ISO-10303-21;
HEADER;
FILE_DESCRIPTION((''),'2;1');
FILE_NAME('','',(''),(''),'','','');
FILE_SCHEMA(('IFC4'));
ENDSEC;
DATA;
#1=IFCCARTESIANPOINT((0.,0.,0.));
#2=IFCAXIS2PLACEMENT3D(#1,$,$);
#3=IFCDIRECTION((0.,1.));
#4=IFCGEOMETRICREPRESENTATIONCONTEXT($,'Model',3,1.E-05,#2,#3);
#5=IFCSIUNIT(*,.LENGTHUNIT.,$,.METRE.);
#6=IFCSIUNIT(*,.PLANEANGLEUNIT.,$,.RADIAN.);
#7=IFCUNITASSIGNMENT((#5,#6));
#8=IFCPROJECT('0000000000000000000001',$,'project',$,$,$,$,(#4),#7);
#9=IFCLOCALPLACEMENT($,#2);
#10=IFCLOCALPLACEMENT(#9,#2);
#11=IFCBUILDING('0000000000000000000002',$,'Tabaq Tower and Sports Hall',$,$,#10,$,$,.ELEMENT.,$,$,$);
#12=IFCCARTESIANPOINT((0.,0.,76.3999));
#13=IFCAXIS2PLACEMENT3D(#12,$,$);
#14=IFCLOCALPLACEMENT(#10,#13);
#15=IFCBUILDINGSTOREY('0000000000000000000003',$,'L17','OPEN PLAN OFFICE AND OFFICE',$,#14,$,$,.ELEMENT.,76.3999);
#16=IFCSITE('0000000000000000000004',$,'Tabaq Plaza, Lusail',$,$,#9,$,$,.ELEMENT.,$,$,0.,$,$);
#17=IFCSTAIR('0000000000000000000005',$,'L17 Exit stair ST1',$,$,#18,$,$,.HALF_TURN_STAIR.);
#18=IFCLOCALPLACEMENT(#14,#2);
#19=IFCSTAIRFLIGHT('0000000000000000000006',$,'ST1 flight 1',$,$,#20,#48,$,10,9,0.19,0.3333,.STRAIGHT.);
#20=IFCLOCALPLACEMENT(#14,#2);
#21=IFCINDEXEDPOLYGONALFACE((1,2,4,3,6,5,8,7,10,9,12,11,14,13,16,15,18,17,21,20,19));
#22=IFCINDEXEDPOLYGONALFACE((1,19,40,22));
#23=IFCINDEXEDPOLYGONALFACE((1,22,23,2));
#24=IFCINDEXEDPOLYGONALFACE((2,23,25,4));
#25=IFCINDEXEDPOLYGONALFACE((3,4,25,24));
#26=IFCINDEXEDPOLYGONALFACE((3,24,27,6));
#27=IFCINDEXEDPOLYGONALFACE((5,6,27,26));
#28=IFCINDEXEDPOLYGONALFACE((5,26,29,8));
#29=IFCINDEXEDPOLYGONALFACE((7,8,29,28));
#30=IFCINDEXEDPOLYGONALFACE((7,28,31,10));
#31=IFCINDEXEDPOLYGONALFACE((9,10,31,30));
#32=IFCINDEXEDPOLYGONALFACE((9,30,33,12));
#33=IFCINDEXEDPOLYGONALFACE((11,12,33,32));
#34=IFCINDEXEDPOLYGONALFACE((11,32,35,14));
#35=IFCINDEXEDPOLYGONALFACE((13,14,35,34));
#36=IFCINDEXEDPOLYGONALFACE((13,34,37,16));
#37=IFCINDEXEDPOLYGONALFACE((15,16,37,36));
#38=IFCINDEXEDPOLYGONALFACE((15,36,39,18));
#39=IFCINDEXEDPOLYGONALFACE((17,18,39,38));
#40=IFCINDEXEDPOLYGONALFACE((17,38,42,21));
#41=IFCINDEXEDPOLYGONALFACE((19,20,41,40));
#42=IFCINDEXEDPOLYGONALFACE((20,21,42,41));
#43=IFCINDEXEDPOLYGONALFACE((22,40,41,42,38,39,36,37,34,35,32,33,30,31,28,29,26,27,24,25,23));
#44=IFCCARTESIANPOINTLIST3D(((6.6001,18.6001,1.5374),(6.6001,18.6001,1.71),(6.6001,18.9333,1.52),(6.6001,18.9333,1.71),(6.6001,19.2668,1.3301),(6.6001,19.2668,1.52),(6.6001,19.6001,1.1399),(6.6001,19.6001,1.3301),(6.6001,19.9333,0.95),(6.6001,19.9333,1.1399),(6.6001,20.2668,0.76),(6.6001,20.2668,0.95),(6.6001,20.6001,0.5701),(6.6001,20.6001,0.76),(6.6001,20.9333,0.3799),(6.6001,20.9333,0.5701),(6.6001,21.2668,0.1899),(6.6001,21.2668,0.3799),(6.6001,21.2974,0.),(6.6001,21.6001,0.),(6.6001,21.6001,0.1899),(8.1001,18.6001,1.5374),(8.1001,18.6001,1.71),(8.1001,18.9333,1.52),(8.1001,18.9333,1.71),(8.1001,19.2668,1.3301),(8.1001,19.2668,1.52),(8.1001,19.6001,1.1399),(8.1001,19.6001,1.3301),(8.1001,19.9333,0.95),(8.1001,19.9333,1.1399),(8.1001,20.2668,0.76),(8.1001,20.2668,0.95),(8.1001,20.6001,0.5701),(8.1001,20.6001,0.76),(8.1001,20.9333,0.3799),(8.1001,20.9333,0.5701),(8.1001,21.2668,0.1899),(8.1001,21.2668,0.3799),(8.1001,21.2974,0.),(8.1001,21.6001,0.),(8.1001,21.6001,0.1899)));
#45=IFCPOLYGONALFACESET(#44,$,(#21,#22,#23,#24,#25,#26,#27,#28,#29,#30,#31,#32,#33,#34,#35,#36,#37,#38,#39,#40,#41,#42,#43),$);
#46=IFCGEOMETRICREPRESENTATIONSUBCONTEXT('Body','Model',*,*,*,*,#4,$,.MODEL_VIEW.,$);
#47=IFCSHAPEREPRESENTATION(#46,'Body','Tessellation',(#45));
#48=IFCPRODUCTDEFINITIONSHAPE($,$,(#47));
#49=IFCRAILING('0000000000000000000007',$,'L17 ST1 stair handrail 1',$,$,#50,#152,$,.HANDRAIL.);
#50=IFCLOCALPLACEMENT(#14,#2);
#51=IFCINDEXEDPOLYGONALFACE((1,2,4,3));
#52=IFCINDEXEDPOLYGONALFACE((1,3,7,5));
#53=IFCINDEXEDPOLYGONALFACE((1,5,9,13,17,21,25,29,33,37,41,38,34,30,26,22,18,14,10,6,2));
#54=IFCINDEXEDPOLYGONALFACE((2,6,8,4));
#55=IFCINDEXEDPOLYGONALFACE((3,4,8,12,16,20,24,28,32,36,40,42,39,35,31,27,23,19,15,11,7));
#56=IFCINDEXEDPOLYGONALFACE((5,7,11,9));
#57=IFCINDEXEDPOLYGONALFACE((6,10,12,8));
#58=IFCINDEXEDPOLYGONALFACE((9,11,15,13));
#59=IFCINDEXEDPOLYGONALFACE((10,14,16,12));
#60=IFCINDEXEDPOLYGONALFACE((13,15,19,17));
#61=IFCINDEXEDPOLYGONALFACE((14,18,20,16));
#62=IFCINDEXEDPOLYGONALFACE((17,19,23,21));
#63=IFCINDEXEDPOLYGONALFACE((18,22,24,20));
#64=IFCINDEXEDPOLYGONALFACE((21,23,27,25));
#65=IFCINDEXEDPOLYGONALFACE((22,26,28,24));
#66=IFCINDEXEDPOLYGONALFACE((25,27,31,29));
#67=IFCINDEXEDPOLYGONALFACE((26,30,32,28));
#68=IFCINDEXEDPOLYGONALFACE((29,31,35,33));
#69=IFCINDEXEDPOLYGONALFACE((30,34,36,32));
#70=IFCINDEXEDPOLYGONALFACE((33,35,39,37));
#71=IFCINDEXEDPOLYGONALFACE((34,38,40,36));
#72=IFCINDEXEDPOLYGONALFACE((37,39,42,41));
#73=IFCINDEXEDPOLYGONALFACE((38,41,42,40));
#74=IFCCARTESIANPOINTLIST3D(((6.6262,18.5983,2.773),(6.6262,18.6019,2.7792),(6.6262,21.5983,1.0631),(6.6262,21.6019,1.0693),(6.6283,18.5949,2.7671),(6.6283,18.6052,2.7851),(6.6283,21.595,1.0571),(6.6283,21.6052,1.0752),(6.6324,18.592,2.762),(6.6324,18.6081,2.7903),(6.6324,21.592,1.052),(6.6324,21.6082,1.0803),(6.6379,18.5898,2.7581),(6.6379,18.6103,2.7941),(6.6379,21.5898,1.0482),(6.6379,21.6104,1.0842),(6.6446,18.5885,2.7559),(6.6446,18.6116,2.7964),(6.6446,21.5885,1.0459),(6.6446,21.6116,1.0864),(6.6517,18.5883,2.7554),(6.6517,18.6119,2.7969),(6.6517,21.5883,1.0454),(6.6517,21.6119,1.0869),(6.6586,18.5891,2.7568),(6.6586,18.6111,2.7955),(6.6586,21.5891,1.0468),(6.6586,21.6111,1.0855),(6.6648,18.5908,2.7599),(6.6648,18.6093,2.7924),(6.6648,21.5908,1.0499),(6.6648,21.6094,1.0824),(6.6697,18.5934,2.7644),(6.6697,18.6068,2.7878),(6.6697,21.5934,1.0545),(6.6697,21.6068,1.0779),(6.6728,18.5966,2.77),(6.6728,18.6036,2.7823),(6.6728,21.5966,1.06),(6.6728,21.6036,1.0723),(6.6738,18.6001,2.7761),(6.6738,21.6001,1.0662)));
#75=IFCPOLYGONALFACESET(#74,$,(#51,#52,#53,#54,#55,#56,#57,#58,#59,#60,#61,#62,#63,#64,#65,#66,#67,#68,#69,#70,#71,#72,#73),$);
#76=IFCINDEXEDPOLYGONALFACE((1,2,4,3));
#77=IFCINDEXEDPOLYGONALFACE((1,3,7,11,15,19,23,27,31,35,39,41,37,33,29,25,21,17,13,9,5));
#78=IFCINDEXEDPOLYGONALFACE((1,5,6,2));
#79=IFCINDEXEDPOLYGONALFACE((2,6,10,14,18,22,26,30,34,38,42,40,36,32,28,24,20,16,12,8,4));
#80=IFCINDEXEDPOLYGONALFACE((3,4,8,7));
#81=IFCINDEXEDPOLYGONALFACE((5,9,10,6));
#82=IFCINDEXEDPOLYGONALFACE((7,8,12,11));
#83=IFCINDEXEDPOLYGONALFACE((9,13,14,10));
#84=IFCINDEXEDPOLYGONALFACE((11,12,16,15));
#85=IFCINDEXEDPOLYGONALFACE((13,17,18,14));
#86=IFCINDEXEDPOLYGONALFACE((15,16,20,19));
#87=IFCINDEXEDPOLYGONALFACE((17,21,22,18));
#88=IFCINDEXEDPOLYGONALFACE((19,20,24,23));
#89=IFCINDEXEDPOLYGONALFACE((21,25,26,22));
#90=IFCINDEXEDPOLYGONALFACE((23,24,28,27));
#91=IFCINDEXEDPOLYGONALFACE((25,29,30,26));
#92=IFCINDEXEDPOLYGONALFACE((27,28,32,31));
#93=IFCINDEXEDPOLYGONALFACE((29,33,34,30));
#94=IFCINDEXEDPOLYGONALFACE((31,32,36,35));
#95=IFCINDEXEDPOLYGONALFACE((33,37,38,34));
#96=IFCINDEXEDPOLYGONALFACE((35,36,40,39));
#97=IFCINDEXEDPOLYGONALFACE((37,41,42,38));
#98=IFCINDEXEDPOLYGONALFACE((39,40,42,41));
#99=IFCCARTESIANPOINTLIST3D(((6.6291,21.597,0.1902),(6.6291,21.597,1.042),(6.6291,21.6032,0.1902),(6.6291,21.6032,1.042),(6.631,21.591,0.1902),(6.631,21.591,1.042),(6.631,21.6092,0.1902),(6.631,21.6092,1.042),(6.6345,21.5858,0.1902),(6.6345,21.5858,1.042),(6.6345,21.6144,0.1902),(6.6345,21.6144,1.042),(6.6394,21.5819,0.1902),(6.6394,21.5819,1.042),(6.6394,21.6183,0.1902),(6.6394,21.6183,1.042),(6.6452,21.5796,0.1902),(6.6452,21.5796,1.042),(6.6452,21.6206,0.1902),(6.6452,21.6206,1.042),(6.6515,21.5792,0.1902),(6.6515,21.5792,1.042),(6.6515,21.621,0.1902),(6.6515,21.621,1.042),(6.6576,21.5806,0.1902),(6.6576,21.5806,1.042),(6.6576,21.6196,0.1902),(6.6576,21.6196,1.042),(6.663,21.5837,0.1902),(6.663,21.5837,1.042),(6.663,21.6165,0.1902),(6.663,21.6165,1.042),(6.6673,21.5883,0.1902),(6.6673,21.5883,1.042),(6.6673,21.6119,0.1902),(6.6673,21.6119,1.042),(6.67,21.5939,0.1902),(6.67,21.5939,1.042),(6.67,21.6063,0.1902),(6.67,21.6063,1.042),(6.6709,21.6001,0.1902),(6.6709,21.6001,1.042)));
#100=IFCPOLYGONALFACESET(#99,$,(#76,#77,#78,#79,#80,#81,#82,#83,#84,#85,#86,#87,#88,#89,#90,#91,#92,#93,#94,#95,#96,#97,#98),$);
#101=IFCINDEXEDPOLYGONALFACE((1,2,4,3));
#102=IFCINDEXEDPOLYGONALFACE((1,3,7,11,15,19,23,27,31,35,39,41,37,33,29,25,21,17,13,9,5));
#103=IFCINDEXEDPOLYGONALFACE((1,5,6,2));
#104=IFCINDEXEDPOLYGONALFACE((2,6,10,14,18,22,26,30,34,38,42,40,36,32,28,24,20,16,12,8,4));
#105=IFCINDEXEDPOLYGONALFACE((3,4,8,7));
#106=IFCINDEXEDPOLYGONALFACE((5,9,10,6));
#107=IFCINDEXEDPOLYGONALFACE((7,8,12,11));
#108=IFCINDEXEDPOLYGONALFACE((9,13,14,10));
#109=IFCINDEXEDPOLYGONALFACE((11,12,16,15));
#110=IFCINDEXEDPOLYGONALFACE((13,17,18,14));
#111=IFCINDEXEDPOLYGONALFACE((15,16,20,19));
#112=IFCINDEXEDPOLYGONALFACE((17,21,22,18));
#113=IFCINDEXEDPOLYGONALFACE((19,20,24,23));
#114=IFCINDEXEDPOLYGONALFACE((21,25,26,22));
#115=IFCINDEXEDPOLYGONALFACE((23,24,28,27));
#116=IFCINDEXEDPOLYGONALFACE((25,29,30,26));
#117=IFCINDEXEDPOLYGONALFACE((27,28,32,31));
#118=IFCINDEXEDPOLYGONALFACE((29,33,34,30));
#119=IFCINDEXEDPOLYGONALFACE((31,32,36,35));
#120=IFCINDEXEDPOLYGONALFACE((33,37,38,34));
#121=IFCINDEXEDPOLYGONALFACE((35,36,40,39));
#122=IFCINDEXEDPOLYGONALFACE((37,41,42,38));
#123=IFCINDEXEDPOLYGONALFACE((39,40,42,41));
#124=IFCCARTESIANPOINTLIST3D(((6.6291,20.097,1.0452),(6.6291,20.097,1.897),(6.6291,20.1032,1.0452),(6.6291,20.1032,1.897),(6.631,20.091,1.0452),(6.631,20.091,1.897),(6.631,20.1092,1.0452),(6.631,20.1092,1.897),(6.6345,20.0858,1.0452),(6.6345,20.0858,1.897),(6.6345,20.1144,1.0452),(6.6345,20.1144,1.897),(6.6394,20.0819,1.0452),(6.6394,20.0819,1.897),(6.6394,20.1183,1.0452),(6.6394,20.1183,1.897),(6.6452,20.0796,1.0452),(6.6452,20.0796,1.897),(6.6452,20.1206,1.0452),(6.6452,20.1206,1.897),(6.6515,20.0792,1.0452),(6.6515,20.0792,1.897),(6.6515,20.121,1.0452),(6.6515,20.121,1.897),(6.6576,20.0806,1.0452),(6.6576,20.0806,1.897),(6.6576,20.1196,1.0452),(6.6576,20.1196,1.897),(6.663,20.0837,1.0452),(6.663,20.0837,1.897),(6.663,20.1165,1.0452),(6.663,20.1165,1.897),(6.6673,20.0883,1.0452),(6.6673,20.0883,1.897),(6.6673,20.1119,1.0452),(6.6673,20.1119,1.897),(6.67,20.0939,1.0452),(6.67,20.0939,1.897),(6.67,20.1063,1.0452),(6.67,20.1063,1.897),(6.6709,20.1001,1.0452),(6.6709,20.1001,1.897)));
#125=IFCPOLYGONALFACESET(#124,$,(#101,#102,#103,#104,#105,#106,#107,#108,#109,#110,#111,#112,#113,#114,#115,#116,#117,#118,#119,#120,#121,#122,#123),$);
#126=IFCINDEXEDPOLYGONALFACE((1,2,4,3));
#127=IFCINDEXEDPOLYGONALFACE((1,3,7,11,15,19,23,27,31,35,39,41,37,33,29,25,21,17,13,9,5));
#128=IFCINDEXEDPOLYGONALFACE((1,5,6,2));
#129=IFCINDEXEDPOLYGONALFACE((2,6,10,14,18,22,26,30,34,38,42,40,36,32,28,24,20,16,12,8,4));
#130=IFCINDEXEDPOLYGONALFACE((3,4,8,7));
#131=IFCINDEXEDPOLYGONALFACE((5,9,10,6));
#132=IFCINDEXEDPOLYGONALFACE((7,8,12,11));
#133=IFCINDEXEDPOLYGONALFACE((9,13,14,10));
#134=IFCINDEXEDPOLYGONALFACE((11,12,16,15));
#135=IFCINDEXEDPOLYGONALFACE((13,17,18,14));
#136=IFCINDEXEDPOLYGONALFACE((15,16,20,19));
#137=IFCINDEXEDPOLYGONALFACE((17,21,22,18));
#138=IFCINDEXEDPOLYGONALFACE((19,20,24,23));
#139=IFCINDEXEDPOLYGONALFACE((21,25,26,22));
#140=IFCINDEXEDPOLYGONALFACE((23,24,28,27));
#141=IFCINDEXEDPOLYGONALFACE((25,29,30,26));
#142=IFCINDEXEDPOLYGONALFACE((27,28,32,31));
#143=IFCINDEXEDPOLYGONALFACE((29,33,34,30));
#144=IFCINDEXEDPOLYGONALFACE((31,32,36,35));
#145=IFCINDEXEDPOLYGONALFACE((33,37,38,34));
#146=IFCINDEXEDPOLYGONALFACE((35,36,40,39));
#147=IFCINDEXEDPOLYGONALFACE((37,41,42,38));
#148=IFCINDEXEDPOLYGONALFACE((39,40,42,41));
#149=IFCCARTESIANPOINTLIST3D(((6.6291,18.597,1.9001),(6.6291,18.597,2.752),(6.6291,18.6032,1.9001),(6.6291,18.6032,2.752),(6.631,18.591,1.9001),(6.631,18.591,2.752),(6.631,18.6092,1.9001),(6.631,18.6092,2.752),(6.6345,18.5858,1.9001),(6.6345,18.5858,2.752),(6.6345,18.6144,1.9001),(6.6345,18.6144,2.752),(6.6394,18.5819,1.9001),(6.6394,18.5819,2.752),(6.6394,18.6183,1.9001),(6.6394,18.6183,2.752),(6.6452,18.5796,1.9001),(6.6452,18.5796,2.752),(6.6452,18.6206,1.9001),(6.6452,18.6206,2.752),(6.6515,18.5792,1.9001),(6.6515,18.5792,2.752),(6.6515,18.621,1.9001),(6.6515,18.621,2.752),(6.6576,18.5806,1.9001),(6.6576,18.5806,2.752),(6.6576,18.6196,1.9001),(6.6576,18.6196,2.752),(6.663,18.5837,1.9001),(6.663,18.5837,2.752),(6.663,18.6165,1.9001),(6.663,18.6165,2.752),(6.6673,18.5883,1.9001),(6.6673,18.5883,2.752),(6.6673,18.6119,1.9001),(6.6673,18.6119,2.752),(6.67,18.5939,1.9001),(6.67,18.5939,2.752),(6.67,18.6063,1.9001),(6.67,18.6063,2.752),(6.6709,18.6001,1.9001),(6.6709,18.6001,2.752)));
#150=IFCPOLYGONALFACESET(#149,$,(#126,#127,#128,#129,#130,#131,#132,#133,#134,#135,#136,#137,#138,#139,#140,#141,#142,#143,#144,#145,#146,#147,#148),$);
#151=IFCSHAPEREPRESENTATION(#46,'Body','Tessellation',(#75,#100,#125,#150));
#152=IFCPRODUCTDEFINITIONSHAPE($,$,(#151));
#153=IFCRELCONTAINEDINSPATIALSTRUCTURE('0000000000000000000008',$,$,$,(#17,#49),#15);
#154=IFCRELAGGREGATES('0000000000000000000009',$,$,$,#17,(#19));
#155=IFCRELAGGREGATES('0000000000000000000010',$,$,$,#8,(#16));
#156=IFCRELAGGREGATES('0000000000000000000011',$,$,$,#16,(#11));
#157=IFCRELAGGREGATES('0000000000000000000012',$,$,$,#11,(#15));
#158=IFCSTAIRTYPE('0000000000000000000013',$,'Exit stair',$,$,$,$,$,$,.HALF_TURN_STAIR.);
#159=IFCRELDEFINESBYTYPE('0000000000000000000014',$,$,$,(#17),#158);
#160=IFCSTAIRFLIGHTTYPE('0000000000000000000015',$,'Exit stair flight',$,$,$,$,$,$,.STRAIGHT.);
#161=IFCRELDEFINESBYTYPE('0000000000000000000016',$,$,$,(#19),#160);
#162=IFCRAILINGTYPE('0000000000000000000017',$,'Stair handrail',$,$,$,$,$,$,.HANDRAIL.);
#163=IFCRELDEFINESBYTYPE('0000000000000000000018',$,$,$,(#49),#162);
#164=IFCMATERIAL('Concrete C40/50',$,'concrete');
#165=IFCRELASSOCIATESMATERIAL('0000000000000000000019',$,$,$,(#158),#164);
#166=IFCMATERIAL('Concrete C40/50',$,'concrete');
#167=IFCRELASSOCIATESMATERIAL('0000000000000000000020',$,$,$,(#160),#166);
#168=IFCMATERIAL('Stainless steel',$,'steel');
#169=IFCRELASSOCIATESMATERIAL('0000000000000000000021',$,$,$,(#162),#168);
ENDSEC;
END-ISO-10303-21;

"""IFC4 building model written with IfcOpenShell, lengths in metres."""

from ifc_helpers import new_model, si_unit, direction, frame, origin, origin_2d, place, context, subcontext, project, spatial, polyline, circle, outline, extrude, material, type_object, element, aggregate, save


model = new_model("IFC4")

# Units and contexts
model_context = context("Model", 3, precision=1e-05, world=origin(), true_north=direction((0.0, 1.0)))
body_context = subcontext(model_context, "Body", "Model", "MODEL_VIEW")
ifc_project = project(units=[si_unit("LENGTHUNIT", "METRE"), si_unit("PLANEANGLEUNIT", "RADIAN")], contexts=[model_context])

# Site, building, storey
site_placement = place(None, origin())
site = spatial("IfcSite", under=ifc_project, at=site_placement, Name="Tabaq Plaza, Lusail", CompositionType="ELEMENT", RefElevation=0.0)
building_placement = place(site_placement, origin())
building = spatial("IfcBuilding", under=site, at=building_placement, Name="Tabaq Tower and Sports Hall", CompositionType="ELEMENT")
storey_placement = place(building_placement, frame((0.0, 0.0, 76.3999)))
storey = spatial("IfcBuildingStorey", under=building, at=storey_placement, Name="L17", Description="OPEN PLAN OFFICE AND OFFICE", CompositionType="ELEMENT", Elevation=76.3999)

# Stair, stair flight
ifc_material_1 = material(Name="Concrete C40/50", Category="concrete")
stair_type = type_object("IfcStairType", Name="Exit stair", PredefinedType="HALF_TURN_STAIR", material=ifc_material_1)
stair_placement = place(storey_placement, origin())
stair = element("IfcStair", 1, at=stair_placement, inside=storey, type_object=stair_type, Name="L17 Exit stair ST1", PredefinedType="HALF_TURN_STAIR")
ifc_material_2 = material(Name="Concrete C40/50", Category="concrete")
stair_flight_type = type_object("IfcStairFlightType", Name="Exit stair flight", PredefinedType="STRAIGHT", material=ifc_material_2)
stair_flight_placement = place(storey_placement, frame((7.3501, 21.6001, 0.0), z_axis=(0.0, 0.0, 1.0), x_axis=(0.0, -1.0, 0.0)))
stair_flight = element("IfcStairFlight", 2, at=stair_flight_placement, type_object=stair_flight_type, Name="ST1 flight 1", NumberOfRisers=10, NumberOfTreads=9, PredefinedType="STRAIGHT", RiserHeight=0.19, TreadLength=0.3333, context=body_context, shape_type="SweptSolid", body=[
    extrude(outline(polyline([(0.0, 0.0), (0.0, 0.1899), (0.3333, 0.1899), (0.3333, 0.3799), (0.6667, 0.3799), (0.6667, 0.5701), (1.0, 0.5701), (1.0, 0.76), (1.3333, 0.76), (1.3333, 0.95), (1.6667, 0.95), (1.6667, 1.1399), (2.0, 1.1399), (2.0, 1.3301), (2.3333, 1.3301), (2.3333, 1.52), (2.6667, 1.52), (2.6667, 1.71), (3.0, 1.71), (3.0, 1.8999), (3.0, 1.5374), (0.3027, 0.0), (0.0, 0.0)])), frame((0.0, 0.75, 0.0), z_axis=(0.0, -1.0, 0.0), x_axis=(1.0, 0.0, 0.0)), (0.0, 0.0, 1.0), 1.5),
])
aggregate(stair, [stair_flight])

# Railing
ifc_material_3 = material(Name="Stainless steel", Category="steel")
railing_type_1 = type_object("IfcRailingType", Name="Stair handrail", PredefinedType="HANDRAIL", material=ifc_material_3)
for number, where, name in (
    (3, (6.6499, 21.6001, 0.1902), "L17 ST1 stair handrail 1"),
):
    element("IfcRailing", number, at=place(storey_placement, frame(where)), inside=storey, type_object=railing_type_1, Name=name, PredefinedType="HANDRAIL", context=body_context, shape_type="SweptSolid", body=[
        extrude(circle(Radius=0.0239, at=origin_2d()), frame((0.0, 0.0, 0.876), z_axis=(0.0, -0.868782, 0.495195), x_axis=(1.0, 0.0, 0.0)), (0.0, 0.0, 1.0), 3.4531),
        extrude(circle(Radius=0.021, at=origin_2d()), origin(), (0.0, 0.0, 1.0), 0.8518),
        extrude(circle(Radius=0.021, at=origin_2d()), frame((0.0, -1.5, 0.855)), (0.0, 0.0, 1.0), 0.8518),
        extrude(circle(Radius=0.021, at=origin_2d()), frame((0.0, -3.0, 1.71)), (0.0, 0.0, 1.0), 0.8518),
    ])

save(model, "model.ifc")
